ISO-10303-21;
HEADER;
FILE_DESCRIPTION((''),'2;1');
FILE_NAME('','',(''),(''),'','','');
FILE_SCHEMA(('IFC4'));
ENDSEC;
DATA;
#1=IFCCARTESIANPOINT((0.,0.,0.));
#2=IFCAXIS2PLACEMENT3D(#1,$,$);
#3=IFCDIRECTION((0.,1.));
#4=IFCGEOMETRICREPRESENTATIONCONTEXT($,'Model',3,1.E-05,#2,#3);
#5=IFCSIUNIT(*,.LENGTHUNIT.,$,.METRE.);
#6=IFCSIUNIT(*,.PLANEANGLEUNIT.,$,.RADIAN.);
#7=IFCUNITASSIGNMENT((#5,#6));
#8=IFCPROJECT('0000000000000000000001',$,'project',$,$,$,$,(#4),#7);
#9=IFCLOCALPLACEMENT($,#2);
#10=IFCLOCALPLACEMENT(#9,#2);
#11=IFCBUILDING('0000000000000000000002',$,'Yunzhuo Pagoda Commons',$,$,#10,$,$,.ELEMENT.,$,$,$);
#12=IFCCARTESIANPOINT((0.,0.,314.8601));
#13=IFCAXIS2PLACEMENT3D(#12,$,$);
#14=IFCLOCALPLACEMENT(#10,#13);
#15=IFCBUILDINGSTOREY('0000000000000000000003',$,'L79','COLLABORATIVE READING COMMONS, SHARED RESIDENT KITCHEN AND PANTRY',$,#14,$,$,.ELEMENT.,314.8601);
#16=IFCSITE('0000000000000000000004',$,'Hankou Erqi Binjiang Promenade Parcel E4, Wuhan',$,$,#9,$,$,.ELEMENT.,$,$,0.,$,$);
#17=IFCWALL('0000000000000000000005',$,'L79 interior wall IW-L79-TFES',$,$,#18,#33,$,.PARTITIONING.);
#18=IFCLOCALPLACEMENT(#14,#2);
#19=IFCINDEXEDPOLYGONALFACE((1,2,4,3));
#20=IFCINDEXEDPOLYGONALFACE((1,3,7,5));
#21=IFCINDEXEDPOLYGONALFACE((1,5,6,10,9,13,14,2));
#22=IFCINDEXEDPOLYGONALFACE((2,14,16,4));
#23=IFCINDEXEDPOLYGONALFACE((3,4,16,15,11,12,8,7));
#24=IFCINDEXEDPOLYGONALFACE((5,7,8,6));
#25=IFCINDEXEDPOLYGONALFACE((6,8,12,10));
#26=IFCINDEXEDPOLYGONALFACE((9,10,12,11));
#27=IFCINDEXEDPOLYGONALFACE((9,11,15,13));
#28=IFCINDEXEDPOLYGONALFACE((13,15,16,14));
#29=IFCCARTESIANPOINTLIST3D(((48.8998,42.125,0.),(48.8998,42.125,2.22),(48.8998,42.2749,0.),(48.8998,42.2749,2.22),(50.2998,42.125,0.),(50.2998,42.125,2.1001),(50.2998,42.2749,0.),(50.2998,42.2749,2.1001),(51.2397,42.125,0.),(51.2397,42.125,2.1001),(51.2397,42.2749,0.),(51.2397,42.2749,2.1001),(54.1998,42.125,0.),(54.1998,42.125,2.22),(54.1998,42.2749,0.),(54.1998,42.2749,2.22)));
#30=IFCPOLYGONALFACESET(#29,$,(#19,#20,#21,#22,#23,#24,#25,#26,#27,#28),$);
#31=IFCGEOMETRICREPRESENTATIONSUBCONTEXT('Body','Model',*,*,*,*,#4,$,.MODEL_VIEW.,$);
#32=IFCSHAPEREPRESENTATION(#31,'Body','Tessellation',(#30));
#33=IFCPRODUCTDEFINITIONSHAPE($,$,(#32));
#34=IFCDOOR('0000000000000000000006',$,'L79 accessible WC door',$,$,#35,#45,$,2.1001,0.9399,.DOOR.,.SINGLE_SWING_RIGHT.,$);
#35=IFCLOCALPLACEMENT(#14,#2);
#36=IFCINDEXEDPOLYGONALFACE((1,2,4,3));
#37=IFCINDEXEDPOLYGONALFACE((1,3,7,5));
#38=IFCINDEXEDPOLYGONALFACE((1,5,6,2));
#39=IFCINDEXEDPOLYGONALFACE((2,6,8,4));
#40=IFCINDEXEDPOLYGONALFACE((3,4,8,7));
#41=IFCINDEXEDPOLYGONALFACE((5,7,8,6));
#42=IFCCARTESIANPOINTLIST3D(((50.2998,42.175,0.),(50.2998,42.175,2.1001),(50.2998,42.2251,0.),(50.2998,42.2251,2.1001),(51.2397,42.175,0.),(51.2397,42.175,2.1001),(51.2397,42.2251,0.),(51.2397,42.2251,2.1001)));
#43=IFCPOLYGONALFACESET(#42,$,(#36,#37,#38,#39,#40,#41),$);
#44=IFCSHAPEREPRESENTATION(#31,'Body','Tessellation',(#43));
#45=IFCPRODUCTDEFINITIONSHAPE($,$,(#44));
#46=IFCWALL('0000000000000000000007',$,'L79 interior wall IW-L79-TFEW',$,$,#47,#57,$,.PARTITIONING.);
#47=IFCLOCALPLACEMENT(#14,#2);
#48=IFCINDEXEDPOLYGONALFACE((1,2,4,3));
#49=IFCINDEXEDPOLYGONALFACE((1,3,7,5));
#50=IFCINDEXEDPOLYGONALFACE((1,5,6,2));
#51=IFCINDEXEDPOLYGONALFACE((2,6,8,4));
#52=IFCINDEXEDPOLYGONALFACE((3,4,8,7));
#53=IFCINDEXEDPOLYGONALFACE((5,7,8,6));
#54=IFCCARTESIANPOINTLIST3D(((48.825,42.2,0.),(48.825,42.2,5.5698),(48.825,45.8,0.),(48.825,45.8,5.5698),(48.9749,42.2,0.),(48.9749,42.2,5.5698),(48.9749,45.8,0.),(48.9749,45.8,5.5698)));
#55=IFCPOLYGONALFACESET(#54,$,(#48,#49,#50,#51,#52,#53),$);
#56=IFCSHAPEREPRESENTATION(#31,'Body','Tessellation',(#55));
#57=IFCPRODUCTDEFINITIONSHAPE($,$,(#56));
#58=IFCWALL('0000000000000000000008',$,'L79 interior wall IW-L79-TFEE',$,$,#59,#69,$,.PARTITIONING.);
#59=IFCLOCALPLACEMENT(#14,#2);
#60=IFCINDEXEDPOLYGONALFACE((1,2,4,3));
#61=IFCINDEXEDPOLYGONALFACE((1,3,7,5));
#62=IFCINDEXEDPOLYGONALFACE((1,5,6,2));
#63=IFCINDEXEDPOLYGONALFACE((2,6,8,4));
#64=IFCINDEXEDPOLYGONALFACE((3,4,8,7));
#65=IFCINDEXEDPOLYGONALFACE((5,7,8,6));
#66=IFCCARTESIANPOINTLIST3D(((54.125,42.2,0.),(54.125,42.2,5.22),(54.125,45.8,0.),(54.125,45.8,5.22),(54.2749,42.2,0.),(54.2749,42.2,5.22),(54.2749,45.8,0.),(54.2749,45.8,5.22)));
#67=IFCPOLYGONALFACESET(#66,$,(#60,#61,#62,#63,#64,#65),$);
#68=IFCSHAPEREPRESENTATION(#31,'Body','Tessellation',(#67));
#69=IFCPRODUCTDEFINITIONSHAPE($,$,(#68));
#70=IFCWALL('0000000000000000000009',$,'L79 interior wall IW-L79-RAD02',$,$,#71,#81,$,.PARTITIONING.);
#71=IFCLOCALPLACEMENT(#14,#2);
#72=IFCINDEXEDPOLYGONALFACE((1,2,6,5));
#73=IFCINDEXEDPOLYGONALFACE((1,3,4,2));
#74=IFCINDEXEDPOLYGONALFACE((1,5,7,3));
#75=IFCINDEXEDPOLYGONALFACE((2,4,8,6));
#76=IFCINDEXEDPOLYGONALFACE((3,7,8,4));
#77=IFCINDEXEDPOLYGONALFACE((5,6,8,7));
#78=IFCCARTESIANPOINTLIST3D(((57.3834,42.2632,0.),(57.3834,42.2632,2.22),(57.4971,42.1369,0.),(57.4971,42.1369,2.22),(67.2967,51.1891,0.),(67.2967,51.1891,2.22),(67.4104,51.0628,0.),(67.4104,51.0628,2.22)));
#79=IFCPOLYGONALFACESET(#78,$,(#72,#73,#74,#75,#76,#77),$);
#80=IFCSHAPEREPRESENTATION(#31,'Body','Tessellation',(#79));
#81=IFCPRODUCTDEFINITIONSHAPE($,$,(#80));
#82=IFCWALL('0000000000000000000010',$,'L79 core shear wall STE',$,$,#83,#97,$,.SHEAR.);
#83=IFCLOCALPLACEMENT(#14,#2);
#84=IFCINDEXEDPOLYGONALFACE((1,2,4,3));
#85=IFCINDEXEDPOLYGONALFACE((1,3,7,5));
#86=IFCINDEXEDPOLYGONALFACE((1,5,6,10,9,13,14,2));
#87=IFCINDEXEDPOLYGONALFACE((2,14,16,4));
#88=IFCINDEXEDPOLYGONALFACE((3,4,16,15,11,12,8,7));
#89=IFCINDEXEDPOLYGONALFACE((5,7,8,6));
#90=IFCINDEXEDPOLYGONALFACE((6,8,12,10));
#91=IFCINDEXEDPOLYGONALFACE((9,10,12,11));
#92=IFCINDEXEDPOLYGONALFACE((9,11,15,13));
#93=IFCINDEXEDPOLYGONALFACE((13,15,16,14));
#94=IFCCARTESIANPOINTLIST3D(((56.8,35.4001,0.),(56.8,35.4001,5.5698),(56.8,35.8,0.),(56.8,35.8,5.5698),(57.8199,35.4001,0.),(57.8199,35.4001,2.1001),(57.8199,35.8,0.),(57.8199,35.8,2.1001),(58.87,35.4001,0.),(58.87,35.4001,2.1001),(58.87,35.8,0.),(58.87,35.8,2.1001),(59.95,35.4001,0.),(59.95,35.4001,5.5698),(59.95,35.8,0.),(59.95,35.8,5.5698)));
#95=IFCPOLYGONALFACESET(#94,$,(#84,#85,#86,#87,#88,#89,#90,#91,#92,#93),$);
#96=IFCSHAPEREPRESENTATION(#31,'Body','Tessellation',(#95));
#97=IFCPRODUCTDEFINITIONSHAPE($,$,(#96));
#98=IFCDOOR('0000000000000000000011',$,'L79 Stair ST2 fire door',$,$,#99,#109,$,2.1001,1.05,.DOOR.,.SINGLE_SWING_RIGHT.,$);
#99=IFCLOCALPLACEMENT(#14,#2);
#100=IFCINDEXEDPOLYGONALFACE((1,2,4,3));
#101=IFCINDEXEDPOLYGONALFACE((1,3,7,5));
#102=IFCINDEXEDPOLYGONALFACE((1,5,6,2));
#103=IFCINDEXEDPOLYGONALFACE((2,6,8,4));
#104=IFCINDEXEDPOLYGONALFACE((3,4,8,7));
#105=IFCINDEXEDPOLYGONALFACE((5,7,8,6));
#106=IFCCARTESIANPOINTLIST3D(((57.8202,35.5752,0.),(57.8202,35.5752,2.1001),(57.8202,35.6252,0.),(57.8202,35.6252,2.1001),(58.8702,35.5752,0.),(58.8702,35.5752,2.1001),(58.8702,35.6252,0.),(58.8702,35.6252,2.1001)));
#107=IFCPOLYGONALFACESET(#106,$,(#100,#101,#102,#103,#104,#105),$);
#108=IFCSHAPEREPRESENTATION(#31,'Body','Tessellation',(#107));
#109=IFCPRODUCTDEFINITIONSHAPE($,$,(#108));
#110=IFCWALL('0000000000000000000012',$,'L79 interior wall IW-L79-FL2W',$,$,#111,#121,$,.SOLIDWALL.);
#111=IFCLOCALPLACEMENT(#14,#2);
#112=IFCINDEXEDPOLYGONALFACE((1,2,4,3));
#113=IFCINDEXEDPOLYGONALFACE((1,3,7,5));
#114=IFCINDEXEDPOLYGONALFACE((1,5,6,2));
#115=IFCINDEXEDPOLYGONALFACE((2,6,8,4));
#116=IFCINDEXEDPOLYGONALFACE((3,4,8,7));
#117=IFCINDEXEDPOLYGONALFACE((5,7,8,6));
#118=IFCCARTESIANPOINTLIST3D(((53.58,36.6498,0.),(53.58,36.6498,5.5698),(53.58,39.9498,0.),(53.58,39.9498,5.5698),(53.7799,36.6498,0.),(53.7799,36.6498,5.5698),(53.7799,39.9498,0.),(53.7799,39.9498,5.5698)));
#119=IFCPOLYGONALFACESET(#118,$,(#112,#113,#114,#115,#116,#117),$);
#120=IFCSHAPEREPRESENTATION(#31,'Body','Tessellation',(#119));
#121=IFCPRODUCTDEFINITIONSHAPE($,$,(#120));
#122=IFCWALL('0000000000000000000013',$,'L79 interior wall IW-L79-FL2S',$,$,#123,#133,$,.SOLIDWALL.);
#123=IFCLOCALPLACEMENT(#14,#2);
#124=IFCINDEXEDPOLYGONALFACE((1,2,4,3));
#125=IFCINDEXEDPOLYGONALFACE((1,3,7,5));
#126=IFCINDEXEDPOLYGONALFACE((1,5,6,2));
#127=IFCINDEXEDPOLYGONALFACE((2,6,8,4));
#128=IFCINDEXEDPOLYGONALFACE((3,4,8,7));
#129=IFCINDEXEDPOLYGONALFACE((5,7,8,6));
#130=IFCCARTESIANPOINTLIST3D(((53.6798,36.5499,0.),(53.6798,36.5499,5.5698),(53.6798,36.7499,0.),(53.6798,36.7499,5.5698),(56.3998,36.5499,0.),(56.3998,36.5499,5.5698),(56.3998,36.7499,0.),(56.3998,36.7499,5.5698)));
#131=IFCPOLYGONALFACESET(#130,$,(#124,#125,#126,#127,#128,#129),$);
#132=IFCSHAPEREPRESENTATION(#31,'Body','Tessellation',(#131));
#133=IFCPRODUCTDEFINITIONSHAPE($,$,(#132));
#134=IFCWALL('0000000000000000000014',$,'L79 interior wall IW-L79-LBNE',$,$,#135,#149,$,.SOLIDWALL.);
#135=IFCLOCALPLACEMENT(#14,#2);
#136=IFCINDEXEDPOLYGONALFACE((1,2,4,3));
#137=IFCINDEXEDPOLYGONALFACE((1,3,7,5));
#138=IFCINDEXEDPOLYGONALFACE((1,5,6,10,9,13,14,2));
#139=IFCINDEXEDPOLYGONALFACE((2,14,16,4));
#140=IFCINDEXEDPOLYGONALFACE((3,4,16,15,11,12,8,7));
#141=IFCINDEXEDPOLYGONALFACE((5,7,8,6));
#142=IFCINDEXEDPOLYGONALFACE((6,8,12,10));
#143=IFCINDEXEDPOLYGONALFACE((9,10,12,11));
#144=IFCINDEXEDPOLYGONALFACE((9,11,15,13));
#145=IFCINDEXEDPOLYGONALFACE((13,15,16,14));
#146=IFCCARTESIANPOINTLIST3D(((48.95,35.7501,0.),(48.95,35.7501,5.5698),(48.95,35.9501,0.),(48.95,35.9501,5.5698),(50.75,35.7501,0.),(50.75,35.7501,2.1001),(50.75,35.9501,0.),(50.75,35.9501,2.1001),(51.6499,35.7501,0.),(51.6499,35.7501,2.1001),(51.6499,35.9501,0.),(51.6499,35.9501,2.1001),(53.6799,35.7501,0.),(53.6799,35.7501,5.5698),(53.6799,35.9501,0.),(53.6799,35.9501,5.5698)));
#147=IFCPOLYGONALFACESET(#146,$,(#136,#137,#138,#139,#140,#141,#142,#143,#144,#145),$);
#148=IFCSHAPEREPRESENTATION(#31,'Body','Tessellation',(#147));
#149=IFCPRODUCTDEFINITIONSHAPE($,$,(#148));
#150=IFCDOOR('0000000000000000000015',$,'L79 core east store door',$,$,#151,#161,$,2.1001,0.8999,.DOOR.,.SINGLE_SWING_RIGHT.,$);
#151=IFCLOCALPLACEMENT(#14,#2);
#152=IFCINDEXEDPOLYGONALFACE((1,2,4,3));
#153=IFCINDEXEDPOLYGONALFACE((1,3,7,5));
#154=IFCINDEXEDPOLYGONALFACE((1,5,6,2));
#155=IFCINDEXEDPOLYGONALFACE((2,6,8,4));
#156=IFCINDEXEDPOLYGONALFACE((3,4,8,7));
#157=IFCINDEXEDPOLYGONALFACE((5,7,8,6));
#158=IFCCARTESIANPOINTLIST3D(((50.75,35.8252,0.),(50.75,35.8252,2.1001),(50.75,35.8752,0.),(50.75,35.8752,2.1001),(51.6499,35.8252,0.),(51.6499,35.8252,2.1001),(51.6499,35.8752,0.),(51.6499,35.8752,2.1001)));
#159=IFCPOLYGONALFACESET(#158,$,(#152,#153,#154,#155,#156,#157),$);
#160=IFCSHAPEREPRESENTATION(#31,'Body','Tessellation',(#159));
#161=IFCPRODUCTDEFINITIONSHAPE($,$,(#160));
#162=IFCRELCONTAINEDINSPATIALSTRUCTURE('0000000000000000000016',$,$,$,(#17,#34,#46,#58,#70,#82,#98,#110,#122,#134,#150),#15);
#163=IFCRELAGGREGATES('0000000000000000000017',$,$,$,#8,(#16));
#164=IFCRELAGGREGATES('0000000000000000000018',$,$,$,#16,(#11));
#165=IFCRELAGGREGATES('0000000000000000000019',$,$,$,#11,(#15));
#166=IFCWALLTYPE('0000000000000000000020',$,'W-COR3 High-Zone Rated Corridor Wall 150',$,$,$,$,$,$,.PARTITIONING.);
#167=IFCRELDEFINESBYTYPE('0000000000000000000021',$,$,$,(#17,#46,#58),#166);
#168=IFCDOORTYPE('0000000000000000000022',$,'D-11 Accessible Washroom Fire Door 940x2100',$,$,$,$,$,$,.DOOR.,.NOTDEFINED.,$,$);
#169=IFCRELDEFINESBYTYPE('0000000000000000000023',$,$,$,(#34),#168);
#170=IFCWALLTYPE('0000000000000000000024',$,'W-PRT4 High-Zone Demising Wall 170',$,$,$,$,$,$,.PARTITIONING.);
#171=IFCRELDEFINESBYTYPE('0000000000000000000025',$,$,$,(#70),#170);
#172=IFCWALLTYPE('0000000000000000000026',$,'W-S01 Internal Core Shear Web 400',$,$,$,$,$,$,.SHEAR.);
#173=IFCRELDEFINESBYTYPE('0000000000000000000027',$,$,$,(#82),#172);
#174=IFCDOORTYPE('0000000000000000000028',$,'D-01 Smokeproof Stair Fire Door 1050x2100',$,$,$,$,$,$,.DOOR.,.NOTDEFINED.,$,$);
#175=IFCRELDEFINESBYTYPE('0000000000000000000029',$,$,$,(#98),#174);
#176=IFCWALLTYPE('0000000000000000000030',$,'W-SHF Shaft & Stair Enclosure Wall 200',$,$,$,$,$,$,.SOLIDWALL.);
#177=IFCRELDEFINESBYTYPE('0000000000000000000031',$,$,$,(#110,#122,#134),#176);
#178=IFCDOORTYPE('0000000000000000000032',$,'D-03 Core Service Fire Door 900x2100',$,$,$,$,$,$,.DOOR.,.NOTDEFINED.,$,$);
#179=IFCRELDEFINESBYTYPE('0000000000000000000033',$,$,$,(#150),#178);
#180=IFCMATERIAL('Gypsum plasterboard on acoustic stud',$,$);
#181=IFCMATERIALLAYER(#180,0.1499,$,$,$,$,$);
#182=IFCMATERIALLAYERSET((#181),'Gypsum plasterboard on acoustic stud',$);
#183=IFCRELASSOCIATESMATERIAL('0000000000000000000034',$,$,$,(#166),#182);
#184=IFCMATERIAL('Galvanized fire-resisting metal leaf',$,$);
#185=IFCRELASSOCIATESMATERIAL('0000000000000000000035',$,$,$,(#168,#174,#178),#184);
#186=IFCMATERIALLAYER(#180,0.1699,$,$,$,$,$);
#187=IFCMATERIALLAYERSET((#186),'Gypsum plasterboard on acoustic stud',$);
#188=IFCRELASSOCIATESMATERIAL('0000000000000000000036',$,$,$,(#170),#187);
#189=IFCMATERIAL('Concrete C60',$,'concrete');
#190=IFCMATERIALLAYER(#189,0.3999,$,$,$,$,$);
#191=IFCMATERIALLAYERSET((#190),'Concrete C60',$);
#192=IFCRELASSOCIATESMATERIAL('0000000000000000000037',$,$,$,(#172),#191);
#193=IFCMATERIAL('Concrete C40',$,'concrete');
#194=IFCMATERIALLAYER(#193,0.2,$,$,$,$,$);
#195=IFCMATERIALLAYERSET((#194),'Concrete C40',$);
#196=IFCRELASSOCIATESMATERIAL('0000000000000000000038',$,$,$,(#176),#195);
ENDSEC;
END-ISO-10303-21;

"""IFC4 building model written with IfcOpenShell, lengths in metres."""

from ifc_helpers import new_model, si_unit, direction, frame, frame_2d, origin, place, context, subcontext, project, spatial, rectangle, extrude, source, transform, mapped, material, layer, layer_set, type_object, element, fill, save


model = new_model("IFC4")

# Units and contexts
model_context = context("Model", 3, precision=1e-05, world=origin(), true_north=direction((0.0, 1.0)))
body_context = subcontext(model_context, "Body", "Model", "MODEL_VIEW")
ifc_project = project(units=[si_unit("LENGTHUNIT", "METRE"), si_unit("PLANEANGLEUNIT", "RADIAN")], contexts=[model_context])

# Site, building, storey
site_placement = place(None, origin())
site = spatial("IfcSite", under=ifc_project, at=site_placement, Name="Hankou Erqi Binjiang Promenade Parcel E4, Wuhan", CompositionType="ELEMENT", RefElevation=0.0)
building_placement = place(site_placement, origin())
building = spatial("IfcBuilding", under=site, at=building_placement, Name="Yunzhuo Pagoda Commons", CompositionType="ELEMENT")
storey_placement = place(building_placement, frame((0.0, 0.0, 314.8601)))
storey = spatial("IfcBuildingStorey", under=building, at=storey_placement, Name="L79", Description="COLLABORATIVE READING COMMONS, SHARED RESIDENT KITCHEN AND PANTRY", CompositionType="ELEMENT", Elevation=314.8601)

# Shared definitions
ifc_material_1 = material(Name="Galvanized fire-resisting metal leaf")
shared_shape_1 = source(origin(), body_context, "Body", "SweptSolid", [
    extrude(rectangle(XDim=1.05, YDim=2.1001, at=frame_2d((0.5249, 1.05))), frame((0.0, 0.0249, 0.0), z_axis=(0.0, -1.0, 0.0), x_axis=(1.0, 0.0, 0.0)), (0.0, 0.0, 1.0), 0.05),
])

# Shared definitions
ifc_material_2 = material(Name="Gypsum plasterboard on acoustic stud")
ifc_layer_1 = layer(ifc_material_2, 0.1499)
ifc_layer_set_1 = layer_set([ifc_layer_1], Name="Gypsum plasterboard on acoustic stud")
wall_type_1 = type_object("IfcWallType", Name="W-COR3 High-Zone Rated Corridor Wall 150", PredefinedType="PARTITIONING", material=ifc_layer_set_1)

# Wall, opening, door
wall_1_placement = place(storey_placement, frame((48.8999, 42.2, 0.0), z_axis=(0.0, 0.0, 1.0), x_axis=(1.0, 0.0, 0.0)))
wall_1 = element("IfcWall", 1, at=wall_1_placement, inside=storey, type_object=wall_type_1, Name="L79 interior wall IW-L79-TFES", PredefinedType="PARTITIONING", context=body_context, shape_type="SweptSolid", body=[
    extrude(rectangle(XDim=5.3, YDim=0.1499, at=frame_2d((2.6499, 0.0))), origin(), (0.0, 0.0, 1.0), 2.22),
])
opening_1_placement = place(wall_1_placement, frame((1.3999, 0.0, 0.0)))
opening_1 = element("IfcOpeningElement", 2, at=opening_1_placement, cuts=wall_1, PredefinedType="OPENING", context=body_context, shape_type="SweptSolid", body=[
    extrude(rectangle(XDim=0.9399, YDim=2.1001, at=frame_2d((0.47, 1.05))), frame((0.0, 0.085, 0.0), z_axis=(0.0, -1.0, 0.0), x_axis=(1.0, 0.0, 0.0)), (0.0, 0.0, 1.0), 0.1699),
])
door_type_1 = type_object("IfcDoorType", Name="D-11 Accessible Washroom Fire Door 940x2100", OperationType="NOTDEFINED", PredefinedType="DOOR", material=ifc_material_1)
shared_shape_2 = source(origin(), body_context, "Body", "SweptSolid", [
    extrude(rectangle(XDim=0.9399, YDim=2.1001, at=frame_2d((0.47, 1.05))), frame((0.0, 0.0249, 0.0), z_axis=(0.0, -1.0, 0.0), x_axis=(1.0, 0.0, 0.0)), (0.0, 0.0, 1.0), 0.05),
])
door_1_placement = place(opening_1_placement, frame((0.9399, 0.0, 0.0), z_axis=(0.0, 0.0, 1.0), x_axis=(-1.0, 0.0, 0.0)))
door_1 = element("IfcDoor", 3, at=door_1_placement, inside=storey, type_object=door_type_1, Name="L79 accessible WC door", OperationType="SINGLE_SWING_RIGHT", OverallHeight=2.1001, OverallWidth=0.9399, PredefinedType="DOOR", context=body_context, shape_type="MappedRepresentation", body=[
    mapped(shared_shape_2, transform((0.0, 0.0, 0.0), scale=1.0)),
])
fill(opening_1, door_1)

# Walls
wall_2_placement = place(storey_placement, frame((48.8999, 42.2, 0.0), z_axis=(0.0, 0.0, 1.0), x_axis=(0.0, 1.0, 0.0)))
element("IfcWall", 4, at=wall_2_placement, inside=storey, type_object=wall_type_1, Name="L79 interior wall IW-L79-TFEW", PredefinedType="PARTITIONING", context=body_context, shape_type="SweptSolid", body=[
    extrude(rectangle(XDim=3.6001, YDim=0.1499, at=frame_2d((1.8, 0.0))), origin(), (0.0, 0.0, 1.0), 5.5698),
])
wall_3_placement = place(storey_placement, frame((54.2, 42.2, 0.0), z_axis=(0.0, 0.0, 1.0), x_axis=(0.0, 1.0, 0.0)))
element("IfcWall", 5, at=wall_3_placement, inside=storey, type_object=wall_type_1, Name="L79 interior wall IW-L79-TFEE", PredefinedType="PARTITIONING", context=body_context, shape_type="SweptSolid", body=[
    extrude(rectangle(XDim=3.6001, YDim=0.1499, at=frame_2d((1.8, 0.0))), origin(), (0.0, 0.0, 1.0), 5.22),
])

# Wall
ifc_layer_2 = layer(ifc_material_2, 0.1699)
ifc_layer_set_2 = layer_set([ifc_layer_2], Name="Gypsum plasterboard on acoustic stud")
wall_type_2 = type_object("IfcWallType", Name="W-PRT4 High-Zone Demising Wall 170", PredefinedType="PARTITIONING", material=ifc_layer_set_2)
wall_4_placement = place(storey_placement, frame((57.4402, 42.2, 0.0), z_axis=(0.0, 0.0, 1.0), x_axis=(0.743144, 0.669132, 0.0)))
element("IfcWall", 6, at=wall_4_placement, inside=storey, type_object=wall_type_2, Name="L79 interior wall IW-L79-RAD02", PredefinedType="PARTITIONING", context=body_context, shape_type="SweptSolid", body=[
    extrude(rectangle(XDim=13.3396, YDim=0.1699, at=frame_2d((6.6699, 0.0))), origin(), (0.0, 0.0, 1.0), 2.22),
])

# Wall, opening, door
ifc_material_3 = material(Name="Concrete C60", Category="concrete")
ifc_layer_3 = layer(ifc_material_3, 0.3999)
ifc_layer_set_3 = layer_set([ifc_layer_3], Name="Concrete C60")
wall_type_3 = type_object("IfcWallType", Name="W-S01 Internal Core Shear Web 400", PredefinedType="SHEAR", material=ifc_layer_set_3)
wall_5_placement = place(storey_placement, frame((56.8, 35.6001, 0.0), z_axis=(0.0, 0.0, 1.0), x_axis=(1.0, 0.0, 0.0)))
wall_5 = element("IfcWall", 7, at=wall_5_placement, inside=storey, type_object=wall_type_3, Name="L79 core shear wall STE", PredefinedType="SHEAR", context=body_context, shape_type="SweptSolid", body=[
    extrude(rectangle(XDim=3.1499, YDim=0.3999, at=frame_2d((1.575, 0.0))), origin(), (0.0, 0.0, 1.0), 5.5698),
])
opening_2_placement = place(wall_5_placement, frame((1.02, 0.0, 0.0)))
opening_2 = element("IfcOpeningElement", 8, at=opening_2_placement, cuts=wall_5, PredefinedType="OPENING", context=body_context, shape_type="SweptSolid", body=[
    extrude(rectangle(XDim=1.05, YDim=2.1001, at=frame_2d((0.5249, 1.05))), frame((0.0, 0.21, 0.0), z_axis=(0.0, -1.0, 0.0), x_axis=(1.0, 0.0, 0.0)), (0.0, 0.0, 1.0), 0.4199),
])
door_type_2 = type_object("IfcDoorType", Name="D-01 Smokeproof Stair Fire Door 1050x2100", OperationType="NOTDEFINED", PredefinedType="DOOR", material=ifc_material_1)
door_2_placement = place(opening_2_placement, frame((1.05, 0.0, 0.0), z_axis=(0.0, 0.0, 1.0), x_axis=(-1.0, 0.0, 0.0)))
door_2 = element("IfcDoor", 9, at=door_2_placement, inside=storey, type_object=door_type_2, Name="L79 Stair ST2 fire door", OperationType="SINGLE_SWING_RIGHT", OverallHeight=2.1001, OverallWidth=1.05, PredefinedType="DOOR", context=body_context, shape_type="MappedRepresentation", body=[
    mapped(shared_shape_1, transform((0.0, 0.0, 0.0), scale=1.0)),
])
fill(opening_2, door_2)

# Walls
ifc_material_4 = material(Name="Concrete C40", Category="concrete")
ifc_layer_4 = layer(ifc_material_4, 0.2)
ifc_layer_set_4 = layer_set([ifc_layer_4], Name="Concrete C40")
wall_type_4 = type_object("IfcWallType", Name="W-SHF Shaft & Stair Enclosure Wall 200", PredefinedType="SOLIDWALL", material=ifc_layer_set_4)
wall_6_placement = place(storey_placement, frame((53.6799, 36.6499, 0.0), z_axis=(0.0, 0.0, 1.0), x_axis=(0.0, 1.0, 0.0)))
element("IfcWall", 10, at=wall_6_placement, inside=storey, type_object=wall_type_4, Name="L79 interior wall IW-L79-FL2W", PredefinedType="SOLIDWALL", context=body_context, shape_type="SweptSolid", body=[
    extrude(rectangle(XDim=3.3, YDim=0.2, at=frame_2d((1.6499, 0.0))), origin(), (0.0, 0.0, 1.0), 5.5698),
])
wall_7_placement = place(storey_placement, frame((53.6799, 36.6499, 0.0), z_axis=(0.0, 0.0, 1.0), x_axis=(1.0, 0.0, 0.0)))
element("IfcWall", 11, at=wall_7_placement, inside=storey, type_object=wall_type_4, Name="L79 interior wall IW-L79-FL2S", PredefinedType="SOLIDWALL", context=body_context, shape_type="SweptSolid", body=[
    extrude(rectangle(XDim=2.72, YDim=0.2, at=frame_2d((1.3599, 0.0))), origin(), (0.0, 0.0, 1.0), 5.5698),
])

# Wall, opening, door
wall_8_placement = place(storey_placement, frame((48.95, 35.8501, 0.0), z_axis=(0.0, 0.0, 1.0), x_axis=(1.0, 0.0, 0.0)))
wall_8 = element("IfcWall", 12, at=wall_8_placement, inside=storey, type_object=wall_type_4, Name="L79 interior wall IW-L79-LBNE", PredefinedType="SOLIDWALL", context=body_context, shape_type="SweptSolid", body=[
    extrude(rectangle(XDim=4.73, YDim=0.2, at=frame_2d((2.365, 0.0))), origin(), (0.0, 0.0, 1.0), 5.5698),
])
opening_3_placement = place(wall_8_placement, frame((1.8, 0.0, 0.0)))
opening_3 = element("IfcOpeningElement", 13, at=opening_3_placement, cuts=wall_8, PredefinedType="OPENING", context=body_context, shape_type="SweptSolid", body=[
    extrude(rectangle(XDim=0.8999, YDim=2.1001, at=frame_2d((0.45, 1.05))), frame((0.0, 0.1099, 0.0), z_axis=(0.0, -1.0, 0.0), x_axis=(1.0, 0.0, 0.0)), (0.0, 0.0, 1.0), 0.22),
])
door_type_3 = type_object("IfcDoorType", Name="D-03 Core Service Fire Door 900x2100", OperationType="NOTDEFINED", PredefinedType="DOOR", material=ifc_material_1)
shared_shape_3 = source(origin(), body_context, "Body", "SweptSolid", [
    extrude(rectangle(XDim=0.8999, YDim=2.1001, at=frame_2d((0.45, 1.05))), frame((0.0, 0.0249, 0.0), z_axis=(0.0, -1.0, 0.0), x_axis=(1.0, 0.0, 0.0)), (0.0, 0.0, 1.0), 0.05),
])
door_3_placement = place(opening_3_placement, frame((0.8999, 0.0, 0.0), z_axis=(0.0, 0.0, 1.0), x_axis=(-1.0, 0.0, 0.0)))
door_3 = element("IfcDoor", 14, at=door_3_placement, inside=storey, type_object=door_type_3, Name="L79 core east store door", OperationType="SINGLE_SWING_RIGHT", OverallHeight=2.1001, OverallWidth=0.8999, PredefinedType="DOOR", context=body_context, shape_type="MappedRepresentation", body=[
    mapped(shared_shape_3, transform((0.0, 0.0, 0.0), scale=1.0)),
])
fill(opening_3, door_3)

save(model, "model.ifc")
